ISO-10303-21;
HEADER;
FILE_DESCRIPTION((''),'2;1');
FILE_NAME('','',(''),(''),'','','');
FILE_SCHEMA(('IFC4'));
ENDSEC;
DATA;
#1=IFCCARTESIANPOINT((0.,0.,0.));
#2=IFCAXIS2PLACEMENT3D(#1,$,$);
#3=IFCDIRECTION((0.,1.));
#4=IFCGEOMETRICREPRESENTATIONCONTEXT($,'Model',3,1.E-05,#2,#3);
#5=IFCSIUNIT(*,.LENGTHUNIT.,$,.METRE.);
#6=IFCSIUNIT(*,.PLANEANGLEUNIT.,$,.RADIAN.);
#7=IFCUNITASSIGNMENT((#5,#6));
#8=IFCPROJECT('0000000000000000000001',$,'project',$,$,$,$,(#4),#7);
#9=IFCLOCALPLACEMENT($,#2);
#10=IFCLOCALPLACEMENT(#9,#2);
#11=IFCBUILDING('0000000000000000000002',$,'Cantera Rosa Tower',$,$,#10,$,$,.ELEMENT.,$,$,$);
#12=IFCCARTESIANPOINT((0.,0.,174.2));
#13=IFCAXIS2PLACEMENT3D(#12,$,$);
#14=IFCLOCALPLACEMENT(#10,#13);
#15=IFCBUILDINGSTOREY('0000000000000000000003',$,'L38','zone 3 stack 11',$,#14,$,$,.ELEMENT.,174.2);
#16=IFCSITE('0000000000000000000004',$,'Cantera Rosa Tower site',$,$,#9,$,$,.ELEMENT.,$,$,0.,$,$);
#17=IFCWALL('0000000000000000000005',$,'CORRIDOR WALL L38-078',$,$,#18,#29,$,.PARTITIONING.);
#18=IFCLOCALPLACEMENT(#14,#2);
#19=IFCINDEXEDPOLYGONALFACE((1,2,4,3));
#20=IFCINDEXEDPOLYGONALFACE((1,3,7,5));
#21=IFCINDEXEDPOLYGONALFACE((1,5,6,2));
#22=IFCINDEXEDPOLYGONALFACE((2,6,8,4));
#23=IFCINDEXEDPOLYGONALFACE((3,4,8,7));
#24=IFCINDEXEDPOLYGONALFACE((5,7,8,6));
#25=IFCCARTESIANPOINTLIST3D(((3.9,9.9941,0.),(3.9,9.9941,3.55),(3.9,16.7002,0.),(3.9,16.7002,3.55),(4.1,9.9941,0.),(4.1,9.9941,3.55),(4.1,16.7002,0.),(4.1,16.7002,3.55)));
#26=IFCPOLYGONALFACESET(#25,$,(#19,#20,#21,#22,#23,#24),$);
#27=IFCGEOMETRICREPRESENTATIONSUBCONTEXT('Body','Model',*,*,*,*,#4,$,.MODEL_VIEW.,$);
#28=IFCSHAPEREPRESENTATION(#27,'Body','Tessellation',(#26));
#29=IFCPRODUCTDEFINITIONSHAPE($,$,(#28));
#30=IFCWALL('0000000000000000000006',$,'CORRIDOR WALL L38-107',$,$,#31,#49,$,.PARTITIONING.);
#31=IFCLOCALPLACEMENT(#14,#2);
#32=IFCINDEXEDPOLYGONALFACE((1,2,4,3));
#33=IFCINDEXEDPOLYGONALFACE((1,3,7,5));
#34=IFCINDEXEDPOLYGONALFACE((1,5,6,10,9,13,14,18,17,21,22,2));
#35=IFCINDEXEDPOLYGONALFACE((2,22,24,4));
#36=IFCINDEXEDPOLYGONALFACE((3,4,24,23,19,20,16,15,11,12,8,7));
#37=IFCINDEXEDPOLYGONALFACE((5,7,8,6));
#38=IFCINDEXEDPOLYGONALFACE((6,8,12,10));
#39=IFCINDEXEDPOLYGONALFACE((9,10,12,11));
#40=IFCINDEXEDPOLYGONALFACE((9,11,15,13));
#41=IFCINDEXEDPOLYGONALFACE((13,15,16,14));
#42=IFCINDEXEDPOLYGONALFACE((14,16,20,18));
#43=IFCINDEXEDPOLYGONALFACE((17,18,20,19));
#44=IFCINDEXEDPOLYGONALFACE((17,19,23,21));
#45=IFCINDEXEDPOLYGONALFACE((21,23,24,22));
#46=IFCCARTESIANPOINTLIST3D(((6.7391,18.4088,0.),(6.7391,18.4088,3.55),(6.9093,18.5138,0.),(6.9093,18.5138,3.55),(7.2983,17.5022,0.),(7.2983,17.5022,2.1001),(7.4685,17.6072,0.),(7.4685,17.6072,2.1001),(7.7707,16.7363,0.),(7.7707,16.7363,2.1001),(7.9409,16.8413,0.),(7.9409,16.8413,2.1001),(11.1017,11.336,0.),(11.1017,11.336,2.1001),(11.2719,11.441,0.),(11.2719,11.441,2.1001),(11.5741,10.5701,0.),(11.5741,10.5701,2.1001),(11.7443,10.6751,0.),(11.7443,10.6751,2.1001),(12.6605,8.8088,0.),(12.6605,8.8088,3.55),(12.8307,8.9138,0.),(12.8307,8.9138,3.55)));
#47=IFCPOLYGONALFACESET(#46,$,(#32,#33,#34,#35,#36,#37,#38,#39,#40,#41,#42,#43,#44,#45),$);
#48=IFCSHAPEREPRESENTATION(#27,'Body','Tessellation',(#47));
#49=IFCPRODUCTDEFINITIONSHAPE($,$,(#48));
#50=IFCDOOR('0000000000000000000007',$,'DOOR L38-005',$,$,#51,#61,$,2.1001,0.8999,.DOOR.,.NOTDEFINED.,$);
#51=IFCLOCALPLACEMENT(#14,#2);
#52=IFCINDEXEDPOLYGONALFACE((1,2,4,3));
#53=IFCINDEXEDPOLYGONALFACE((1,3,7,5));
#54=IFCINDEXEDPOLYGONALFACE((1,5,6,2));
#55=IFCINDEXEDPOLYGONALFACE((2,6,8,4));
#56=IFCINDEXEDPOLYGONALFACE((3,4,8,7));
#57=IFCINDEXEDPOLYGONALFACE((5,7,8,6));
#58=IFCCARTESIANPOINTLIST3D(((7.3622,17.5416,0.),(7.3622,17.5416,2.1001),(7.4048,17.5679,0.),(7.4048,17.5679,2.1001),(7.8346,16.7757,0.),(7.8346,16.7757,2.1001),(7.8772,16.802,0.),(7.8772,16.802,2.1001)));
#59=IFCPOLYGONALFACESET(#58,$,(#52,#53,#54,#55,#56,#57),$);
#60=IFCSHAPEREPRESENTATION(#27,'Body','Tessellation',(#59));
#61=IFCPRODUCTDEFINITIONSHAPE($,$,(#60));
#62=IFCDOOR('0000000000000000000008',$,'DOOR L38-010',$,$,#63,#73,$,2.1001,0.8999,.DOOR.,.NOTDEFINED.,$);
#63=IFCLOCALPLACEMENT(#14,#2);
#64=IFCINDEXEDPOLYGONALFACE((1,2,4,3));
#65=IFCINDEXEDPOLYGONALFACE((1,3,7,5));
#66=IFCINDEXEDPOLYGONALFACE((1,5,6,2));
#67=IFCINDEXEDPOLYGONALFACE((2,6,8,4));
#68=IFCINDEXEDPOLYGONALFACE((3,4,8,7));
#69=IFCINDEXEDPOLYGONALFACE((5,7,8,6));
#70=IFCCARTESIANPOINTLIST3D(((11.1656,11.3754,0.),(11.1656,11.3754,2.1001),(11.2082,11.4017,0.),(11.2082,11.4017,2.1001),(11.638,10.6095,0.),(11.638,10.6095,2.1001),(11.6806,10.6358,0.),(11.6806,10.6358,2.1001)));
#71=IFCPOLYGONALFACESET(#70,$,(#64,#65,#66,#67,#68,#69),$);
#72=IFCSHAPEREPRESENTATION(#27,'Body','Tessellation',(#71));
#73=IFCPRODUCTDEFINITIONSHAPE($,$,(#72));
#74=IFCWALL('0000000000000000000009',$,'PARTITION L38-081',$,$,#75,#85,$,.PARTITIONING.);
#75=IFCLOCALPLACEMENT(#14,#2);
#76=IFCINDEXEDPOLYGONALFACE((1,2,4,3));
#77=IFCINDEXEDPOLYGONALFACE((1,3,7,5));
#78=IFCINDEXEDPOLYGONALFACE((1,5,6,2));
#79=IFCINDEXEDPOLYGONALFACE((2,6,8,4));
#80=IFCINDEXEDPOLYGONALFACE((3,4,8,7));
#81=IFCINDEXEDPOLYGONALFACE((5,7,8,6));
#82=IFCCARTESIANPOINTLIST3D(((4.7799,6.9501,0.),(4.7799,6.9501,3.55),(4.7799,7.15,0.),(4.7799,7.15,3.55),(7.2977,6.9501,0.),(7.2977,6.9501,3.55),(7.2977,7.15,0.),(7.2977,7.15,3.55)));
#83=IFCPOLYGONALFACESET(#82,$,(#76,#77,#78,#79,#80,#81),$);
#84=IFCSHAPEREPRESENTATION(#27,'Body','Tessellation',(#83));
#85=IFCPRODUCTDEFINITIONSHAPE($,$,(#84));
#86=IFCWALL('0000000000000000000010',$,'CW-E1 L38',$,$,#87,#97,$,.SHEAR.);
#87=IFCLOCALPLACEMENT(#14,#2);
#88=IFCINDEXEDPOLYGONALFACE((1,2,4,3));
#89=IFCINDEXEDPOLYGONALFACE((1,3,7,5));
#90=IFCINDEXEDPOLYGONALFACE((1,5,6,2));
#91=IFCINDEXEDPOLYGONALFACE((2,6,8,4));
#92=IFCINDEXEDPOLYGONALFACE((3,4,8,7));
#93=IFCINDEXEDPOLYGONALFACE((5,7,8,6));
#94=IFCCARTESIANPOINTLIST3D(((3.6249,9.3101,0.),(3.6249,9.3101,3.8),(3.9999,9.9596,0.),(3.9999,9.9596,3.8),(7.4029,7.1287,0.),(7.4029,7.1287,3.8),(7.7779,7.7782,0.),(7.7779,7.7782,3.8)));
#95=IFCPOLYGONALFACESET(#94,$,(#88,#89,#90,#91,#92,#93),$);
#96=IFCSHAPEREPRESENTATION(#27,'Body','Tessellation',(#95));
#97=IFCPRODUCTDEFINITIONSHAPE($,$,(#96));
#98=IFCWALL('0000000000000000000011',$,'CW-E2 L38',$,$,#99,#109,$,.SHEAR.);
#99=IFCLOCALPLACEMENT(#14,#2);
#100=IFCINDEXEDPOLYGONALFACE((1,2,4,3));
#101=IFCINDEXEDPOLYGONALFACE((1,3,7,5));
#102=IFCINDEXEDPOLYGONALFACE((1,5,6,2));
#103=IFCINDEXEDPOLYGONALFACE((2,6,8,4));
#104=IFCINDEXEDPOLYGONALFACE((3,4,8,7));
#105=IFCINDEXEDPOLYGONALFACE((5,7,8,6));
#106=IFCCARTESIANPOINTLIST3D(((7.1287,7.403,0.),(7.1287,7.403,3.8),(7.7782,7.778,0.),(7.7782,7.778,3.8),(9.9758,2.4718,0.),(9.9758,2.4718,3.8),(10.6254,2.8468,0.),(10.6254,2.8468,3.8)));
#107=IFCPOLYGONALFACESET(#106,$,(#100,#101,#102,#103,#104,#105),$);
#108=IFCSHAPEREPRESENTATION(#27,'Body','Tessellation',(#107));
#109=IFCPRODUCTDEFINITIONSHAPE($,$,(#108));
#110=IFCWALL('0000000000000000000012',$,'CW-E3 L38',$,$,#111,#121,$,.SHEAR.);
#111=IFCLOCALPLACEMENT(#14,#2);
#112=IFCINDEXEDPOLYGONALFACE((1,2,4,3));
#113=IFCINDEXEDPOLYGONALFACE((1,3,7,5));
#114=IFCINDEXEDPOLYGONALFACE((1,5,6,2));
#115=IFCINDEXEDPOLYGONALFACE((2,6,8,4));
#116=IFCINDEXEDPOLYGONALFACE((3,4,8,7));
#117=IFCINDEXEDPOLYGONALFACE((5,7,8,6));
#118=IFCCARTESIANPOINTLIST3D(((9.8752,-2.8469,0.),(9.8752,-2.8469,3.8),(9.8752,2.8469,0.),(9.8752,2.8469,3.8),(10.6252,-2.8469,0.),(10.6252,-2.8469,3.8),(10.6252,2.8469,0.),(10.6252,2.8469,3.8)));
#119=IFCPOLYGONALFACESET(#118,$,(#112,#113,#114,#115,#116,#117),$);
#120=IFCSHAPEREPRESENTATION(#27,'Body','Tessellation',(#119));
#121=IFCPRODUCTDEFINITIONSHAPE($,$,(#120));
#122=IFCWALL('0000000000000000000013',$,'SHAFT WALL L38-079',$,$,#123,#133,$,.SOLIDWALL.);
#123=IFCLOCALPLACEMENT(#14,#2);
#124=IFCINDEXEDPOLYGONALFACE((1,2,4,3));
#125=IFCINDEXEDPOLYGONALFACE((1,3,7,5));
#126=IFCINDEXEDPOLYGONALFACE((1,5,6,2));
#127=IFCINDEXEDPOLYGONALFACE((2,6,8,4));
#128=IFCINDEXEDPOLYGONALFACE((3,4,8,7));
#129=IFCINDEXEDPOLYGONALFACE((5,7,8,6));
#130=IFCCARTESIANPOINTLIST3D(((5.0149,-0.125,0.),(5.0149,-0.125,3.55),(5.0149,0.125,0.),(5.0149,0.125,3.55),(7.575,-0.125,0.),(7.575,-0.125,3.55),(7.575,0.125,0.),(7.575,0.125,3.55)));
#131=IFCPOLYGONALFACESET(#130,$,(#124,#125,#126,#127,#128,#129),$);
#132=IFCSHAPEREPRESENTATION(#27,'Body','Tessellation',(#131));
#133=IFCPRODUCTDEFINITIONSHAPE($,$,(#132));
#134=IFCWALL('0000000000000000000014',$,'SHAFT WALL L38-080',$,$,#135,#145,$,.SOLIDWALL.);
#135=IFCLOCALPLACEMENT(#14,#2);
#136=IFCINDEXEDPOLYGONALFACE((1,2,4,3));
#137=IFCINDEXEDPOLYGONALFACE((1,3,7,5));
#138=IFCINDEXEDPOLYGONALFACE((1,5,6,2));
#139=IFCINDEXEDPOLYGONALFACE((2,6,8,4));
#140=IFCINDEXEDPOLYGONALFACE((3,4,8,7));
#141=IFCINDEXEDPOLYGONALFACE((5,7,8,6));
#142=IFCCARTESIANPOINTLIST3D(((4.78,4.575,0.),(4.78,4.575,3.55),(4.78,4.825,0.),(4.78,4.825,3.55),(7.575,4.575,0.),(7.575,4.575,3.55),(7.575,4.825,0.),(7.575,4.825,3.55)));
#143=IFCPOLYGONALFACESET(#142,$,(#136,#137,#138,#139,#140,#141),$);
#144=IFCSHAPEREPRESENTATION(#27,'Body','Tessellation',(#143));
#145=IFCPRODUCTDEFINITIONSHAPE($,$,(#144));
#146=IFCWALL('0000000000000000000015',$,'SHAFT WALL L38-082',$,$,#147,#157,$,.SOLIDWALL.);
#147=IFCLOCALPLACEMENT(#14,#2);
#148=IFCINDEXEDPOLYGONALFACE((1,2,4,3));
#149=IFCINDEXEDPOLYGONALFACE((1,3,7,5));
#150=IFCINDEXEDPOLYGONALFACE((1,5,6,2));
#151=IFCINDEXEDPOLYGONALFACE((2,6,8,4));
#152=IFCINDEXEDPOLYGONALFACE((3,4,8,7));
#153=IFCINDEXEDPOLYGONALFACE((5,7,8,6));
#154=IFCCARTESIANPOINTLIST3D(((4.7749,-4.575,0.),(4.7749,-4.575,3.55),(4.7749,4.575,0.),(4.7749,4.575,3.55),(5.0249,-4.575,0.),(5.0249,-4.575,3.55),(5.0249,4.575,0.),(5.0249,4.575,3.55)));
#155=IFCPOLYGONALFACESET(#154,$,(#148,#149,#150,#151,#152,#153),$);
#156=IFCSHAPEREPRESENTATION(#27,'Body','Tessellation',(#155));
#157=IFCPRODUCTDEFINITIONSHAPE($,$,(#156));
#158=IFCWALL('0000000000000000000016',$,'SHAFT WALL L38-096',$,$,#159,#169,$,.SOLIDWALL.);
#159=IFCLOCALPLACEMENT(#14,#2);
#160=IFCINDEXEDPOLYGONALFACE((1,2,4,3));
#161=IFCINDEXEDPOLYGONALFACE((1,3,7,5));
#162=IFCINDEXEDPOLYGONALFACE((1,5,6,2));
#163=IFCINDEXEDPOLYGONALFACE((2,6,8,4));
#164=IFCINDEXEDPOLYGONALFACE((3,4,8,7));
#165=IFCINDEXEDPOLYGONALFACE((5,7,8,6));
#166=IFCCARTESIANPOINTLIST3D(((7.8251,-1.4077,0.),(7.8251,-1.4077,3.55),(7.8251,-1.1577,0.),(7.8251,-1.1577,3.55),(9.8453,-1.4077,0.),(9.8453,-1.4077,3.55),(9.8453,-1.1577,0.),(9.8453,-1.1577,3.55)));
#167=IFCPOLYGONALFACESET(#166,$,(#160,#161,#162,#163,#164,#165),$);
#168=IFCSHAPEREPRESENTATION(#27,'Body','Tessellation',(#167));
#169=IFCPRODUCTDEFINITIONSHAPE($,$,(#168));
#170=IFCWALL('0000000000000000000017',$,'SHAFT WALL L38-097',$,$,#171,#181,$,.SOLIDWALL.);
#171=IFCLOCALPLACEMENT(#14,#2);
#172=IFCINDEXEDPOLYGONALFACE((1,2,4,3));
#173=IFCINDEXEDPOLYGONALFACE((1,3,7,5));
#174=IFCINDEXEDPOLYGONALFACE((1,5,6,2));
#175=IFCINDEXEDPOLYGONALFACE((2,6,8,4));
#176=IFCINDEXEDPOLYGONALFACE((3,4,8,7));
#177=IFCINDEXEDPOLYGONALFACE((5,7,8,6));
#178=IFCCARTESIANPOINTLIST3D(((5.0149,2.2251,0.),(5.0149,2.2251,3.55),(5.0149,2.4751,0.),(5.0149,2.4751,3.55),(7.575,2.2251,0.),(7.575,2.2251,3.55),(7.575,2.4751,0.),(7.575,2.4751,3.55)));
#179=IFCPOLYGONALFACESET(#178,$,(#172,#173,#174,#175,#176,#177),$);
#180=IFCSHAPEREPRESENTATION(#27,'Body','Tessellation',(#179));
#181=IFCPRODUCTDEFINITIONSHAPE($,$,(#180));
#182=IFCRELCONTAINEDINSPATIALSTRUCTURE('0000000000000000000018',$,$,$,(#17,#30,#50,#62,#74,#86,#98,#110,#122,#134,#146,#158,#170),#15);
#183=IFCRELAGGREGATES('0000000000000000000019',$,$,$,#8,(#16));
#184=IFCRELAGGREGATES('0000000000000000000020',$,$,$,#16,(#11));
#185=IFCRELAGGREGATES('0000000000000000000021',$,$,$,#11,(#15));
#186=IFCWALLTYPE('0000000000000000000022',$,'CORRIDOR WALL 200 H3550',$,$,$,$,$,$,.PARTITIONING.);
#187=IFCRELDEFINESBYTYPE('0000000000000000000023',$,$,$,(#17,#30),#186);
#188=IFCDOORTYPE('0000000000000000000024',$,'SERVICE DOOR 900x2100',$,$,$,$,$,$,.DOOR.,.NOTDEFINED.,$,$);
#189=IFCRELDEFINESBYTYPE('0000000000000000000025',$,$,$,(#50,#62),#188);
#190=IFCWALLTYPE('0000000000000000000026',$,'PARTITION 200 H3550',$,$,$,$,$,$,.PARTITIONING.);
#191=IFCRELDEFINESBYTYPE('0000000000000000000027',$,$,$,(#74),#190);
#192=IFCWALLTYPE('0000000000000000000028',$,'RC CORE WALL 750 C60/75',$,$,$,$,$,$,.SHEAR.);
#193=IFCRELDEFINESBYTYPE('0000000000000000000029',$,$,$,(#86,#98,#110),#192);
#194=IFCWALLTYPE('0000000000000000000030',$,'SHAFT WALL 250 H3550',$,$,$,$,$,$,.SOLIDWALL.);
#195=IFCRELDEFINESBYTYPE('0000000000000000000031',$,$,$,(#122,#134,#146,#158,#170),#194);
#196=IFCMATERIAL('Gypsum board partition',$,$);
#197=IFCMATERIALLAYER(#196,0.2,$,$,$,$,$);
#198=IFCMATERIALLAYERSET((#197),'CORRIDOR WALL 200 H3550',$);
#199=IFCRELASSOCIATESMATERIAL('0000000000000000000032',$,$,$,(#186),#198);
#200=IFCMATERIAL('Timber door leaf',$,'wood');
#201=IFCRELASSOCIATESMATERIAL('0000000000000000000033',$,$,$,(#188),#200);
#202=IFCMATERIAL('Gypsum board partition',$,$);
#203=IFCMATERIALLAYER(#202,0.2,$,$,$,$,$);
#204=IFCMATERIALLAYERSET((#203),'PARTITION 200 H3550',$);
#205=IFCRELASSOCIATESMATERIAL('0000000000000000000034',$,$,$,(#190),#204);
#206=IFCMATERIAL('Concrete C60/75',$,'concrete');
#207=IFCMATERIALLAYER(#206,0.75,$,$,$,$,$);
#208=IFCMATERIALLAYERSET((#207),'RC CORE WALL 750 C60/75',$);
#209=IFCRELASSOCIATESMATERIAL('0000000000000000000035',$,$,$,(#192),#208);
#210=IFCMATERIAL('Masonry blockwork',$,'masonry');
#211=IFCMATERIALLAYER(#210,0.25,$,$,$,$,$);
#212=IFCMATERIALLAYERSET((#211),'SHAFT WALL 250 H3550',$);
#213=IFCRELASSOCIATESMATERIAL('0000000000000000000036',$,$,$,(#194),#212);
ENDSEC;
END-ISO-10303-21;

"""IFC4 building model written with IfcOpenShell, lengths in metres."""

from ifc_helpers import new_model, si_unit, direction, frame, frame_2d, origin, place, context, subcontext, project, spatial, rectangle, extrude, material, layer, layer_set, type_object, element, fill, save


model = new_model("IFC4")

# Units and contexts
model_context = context("Model", 3, precision=1e-05, world=origin(), true_north=direction((0.0, 1.0)))
body_context = subcontext(model_context, "Body", "Model", "MODEL_VIEW")
ifc_project = project(units=[si_unit("LENGTHUNIT", "METRE"), si_unit("PLANEANGLEUNIT", "RADIAN")], contexts=[model_context])

# Site, building, storey
site_placement = place(None, origin())
site = spatial("IfcSite", under=ifc_project, at=site_placement, Name="Cantera Rosa Tower site", CompositionType="ELEMENT", RefElevation=0.0)
building_placement = place(site_placement, origin())
building = spatial("IfcBuilding", under=site, at=building_placement, Name="Cantera Rosa Tower", CompositionType="ELEMENT")
storey_placement = place(building_placement, frame((0.0, 0.0, 174.2)))
storey = spatial("IfcBuildingStorey", under=building, at=storey_placement, Name="L38", Description="zone 3 stack 11", CompositionType="ELEMENT", Elevation=174.2)

# Wall
ifc_material_1 = material(Name="Gypsum board partition")
ifc_layer_1 = layer(ifc_material_1, 0.2)
ifc_layer_set_1 = layer_set([ifc_layer_1], Name="CORRIDOR WALL 200 H3550")
wall_type_1 = type_object("IfcWallType", Name="CORRIDOR WALL 200 H3550", PredefinedType="PARTITIONING", material=ifc_layer_set_1)
wall_1_placement = place(storey_placement, frame((4.0, 9.9941, 0.0), z_axis=(0.0, 0.0, 1.0), x_axis=(0.0, 1.0, 0.0)))
element("IfcWall", 1, at=wall_1_placement, inside=storey, type_object=wall_type_1, Name="CORRIDOR WALL L38-078", PredefinedType="PARTITIONING", context=body_context, shape_type="SweptSolid", body=[
    extrude(rectangle(XDim=6.7061, YDim=0.2, at=frame_2d((3.353, 0.0))), origin(), (0.0, 0.0, 1.0), 3.55),
])

# Wall, openings, doors
wall_2_placement = place(storey_placement, frame((12.7456, 8.8613, 0.0), z_axis=(0.0, 0.0, 1.0), x_axis=(-0.524984, 0.851112, 0.0)))
wall_2 = element("IfcWall", 2, at=wall_2_placement, inside=storey, type_object=wall_type_1, Name="CORRIDOR WALL L38-107", PredefinedType="PARTITIONING", context=body_context, shape_type="SweptSolid", body=[
    extrude(rectangle(XDim=11.2793, YDim=0.2, at=frame_2d((5.6396, 0.0))), origin(), (0.0, 0.0, 1.0), 3.55),
])
opening_1_placement = place(wall_2_placement, frame((9.3142, 0.0, 0.0)))
opening_1 = element("IfcOpeningElement", 3, at=opening_1_placement, cuts=wall_2, PredefinedType="OPENING", context=body_context, shape_type="SweptSolid", body=[
    extrude(rectangle(XDim=0.8999, YDim=2.1001, at=frame_2d((0.45, 1.05))), frame((0.0, 0.1099, 0.0), z_axis=(0.0, -1.0, 0.0), x_axis=(1.0, 0.0, 0.0)), (0.0, 0.0, 1.0), 0.22),
])
opening_2_placement = place(wall_2_placement, frame((2.0693, 0.0, 0.0)))
opening_2 = element("IfcOpeningElement", 4, at=opening_2_placement, cuts=wall_2, PredefinedType="OPENING", context=body_context, shape_type="SweptSolid", body=[
    extrude(rectangle(XDim=0.8999, YDim=2.1001, at=frame_2d((0.45, 1.05))), frame((0.0, 0.1099, 0.0), z_axis=(0.0, -1.0, 0.0), x_axis=(1.0, 0.0, 0.0)), (0.0, 0.0, 1.0), 0.22),
])
ifc_material_2 = material(Name="Timber door leaf", Category="wood")
door_type = type_object("IfcDoorType", Name="SERVICE DOOR 900x2100", OperationType="NOTDEFINED", PredefinedType="DOOR", material=ifc_material_2)
door_1_placement = place(opening_1_placement, origin())
door_1 = element("IfcDoor", 5, at=door_1_placement, inside=storey, type_object=door_type, Name="DOOR L38-005", OperationType="NOTDEFINED", OverallHeight=2.1001, OverallWidth=0.8999, PredefinedType="DOOR", context=body_context, shape_type="SweptSolid", body=[
    extrude(rectangle(XDim=0.8999, YDim=2.1001, at=frame_2d((0.45, 1.05))), frame((0.0, 0.0249, 0.0), z_axis=(0.0, -1.0, 0.0), x_axis=(1.0, 0.0, 0.0)), (0.0, 0.0, 1.0), 0.05),
])
fill(opening_1, door_1)
door_2_placement = place(opening_2_placement, origin())
door_2 = element("IfcDoor", 6, at=door_2_placement, inside=storey, type_object=door_type, Name="DOOR L38-010", OperationType="NOTDEFINED", OverallHeight=2.1001, OverallWidth=0.8999, PredefinedType="DOOR", context=body_context, shape_type="SweptSolid", body=[
    extrude(rectangle(XDim=0.8999, YDim=2.1001, at=frame_2d((0.45, 1.05))), frame((0.0, 0.0249, 0.0), z_axis=(0.0, -1.0, 0.0), x_axis=(1.0, 0.0, 0.0)), (0.0, 0.0, 1.0), 0.05),
])
fill(opening_2, door_2)

# Walls
ifc_material_3 = material(Name="Gypsum board partition")
ifc_layer_2 = layer(ifc_material_3, 0.2)
ifc_layer_set_2 = layer_set([ifc_layer_2], Name="PARTITION 200 H3550")
wall_type_2 = type_object("IfcWallType", Name="PARTITION 200 H3550", PredefinedType="PARTITIONING", material=ifc_layer_set_2)
wall_3_placement = place(storey_placement, frame((4.78, 7.05, 0.0), z_axis=(0.0, 0.0, 1.0), x_axis=(1.0, 0.0, 0.0)))
element("IfcWall", 7, at=wall_3_placement, inside=storey, type_object=wall_type_2, Name="PARTITION L38-081", PredefinedType="PARTITIONING", context=body_context, shape_type="SweptSolid", body=[
    extrude(rectangle(XDim=2.5178, YDim=0.2, at=frame_2d((1.2588, 0.0))), origin(), (0.0, 0.0, 1.0), 3.55),
])
ifc_material_4 = material(Name="Concrete C60/75", Category="concrete")
ifc_layer_3 = layer(ifc_material_4, 0.75)
ifc_layer_set_3 = layer_set([ifc_layer_3], Name="RC CORE WALL 750 C60/75")
wall_type_3 = type_object("IfcWallType", Name="RC CORE WALL 750 C60/75", PredefinedType="SHEAR", material=ifc_layer_set_3)
wall_4_placement = place(storey_placement, frame((3.8125, 9.6348, 0.0), z_axis=(0.0, 0.0, 1.0), x_axis=(0.866013, -0.500021, 0.0)))
element("IfcWall", 8, at=wall_4_placement, inside=storey, type_object=wall_type_3, Name="CW-E1 L38", PredefinedType="SHEAR", context=body_context, shape_type="SweptSolid", body=[
    extrude(rectangle(XDim=4.3625, YDim=0.75, at=frame_2d((2.1812, 0.0))), origin(), (0.0, 0.0, 1.0), 3.8),
])
wall_5_placement = place(storey_placement, frame((7.4534, 7.5906, 0.0), z_axis=(0.0, 0.0, 1.0), x_axis=(0.500022, -0.866013, 0.0)))
element("IfcWall", 9, at=wall_5_placement, inside=storey, type_object=wall_type_3, Name="CW-E2 L38", PredefinedType="SHEAR", context=body_context, shape_type="SweptSolid", body=[
    extrude(rectangle(XDim=5.6941, YDim=0.75, at=frame_2d((2.8472, 0.0))), origin(), (0.0, 0.0, 1.0), 3.8),
])
wall_6_placement = place(storey_placement, frame((10.2502, 2.8469, 0.0), z_axis=(0.0, 0.0, 1.0), x_axis=(0.0, -1.0, 0.0)))
element("IfcWall", 10, at=wall_6_placement, inside=storey, type_object=wall_type_3, Name="CW-E3 L38", PredefinedType="SHEAR", context=body_context, shape_type="SweptSolid", body=[
    extrude(rectangle(XDim=5.6938, YDim=0.75, at=frame_2d((2.8469, 0.0))), origin(), (0.0, 0.0, 1.0), 3.8),
])
ifc_material_5 = material(Name="Masonry blockwork", Category="masonry")
ifc_layer_4 = layer(ifc_material_5, 0.25)
ifc_layer_set_4 = layer_set([ifc_layer_4], Name="SHAFT WALL 250 H3550")
wall_type_4 = type_object("IfcWallType", Name="SHAFT WALL 250 H3550", PredefinedType="SOLIDWALL", material=ifc_layer_set_4)
wall_7_placement = place(storey_placement, frame((5.0149, 0.0, 0.0), z_axis=(0.0, 0.0, 1.0), x_axis=(1.0, 0.0, 0.0)))
element("IfcWall", 11, at=wall_7_placement, inside=storey, type_object=wall_type_4, Name="SHAFT WALL L38-079", PredefinedType="SOLIDWALL", context=body_context, shape_type="SweptSolid", body=[
    extrude(rectangle(XDim=2.5601, YDim=0.25, at=frame_2d((1.28, 0.0))), origin(), (0.0, 0.0, 1.0), 3.55),
])
wall_8_placement = place(storey_placement, frame((4.78, 4.7, 0.0), z_axis=(0.0, 0.0, 1.0), x_axis=(1.0, 0.0, 0.0)))
element("IfcWall", 12, at=wall_8_placement, inside=storey, type_object=wall_type_4, Name="SHAFT WALL L38-080", PredefinedType="SOLIDWALL", context=body_context, shape_type="SweptSolid", body=[
    extrude(rectangle(XDim=2.7949, YDim=0.25, at=frame_2d((1.3975, 0.0))), origin(), (0.0, 0.0, 1.0), 3.55),
])
wall_9_placement = place(storey_placement, frame((4.8999, 4.575, 0.0), z_axis=(0.0, 0.0, 1.0), x_axis=(0.0, -1.0, 0.0)))
element("IfcWall", 13, at=wall_9_placement, inside=storey, type_object=wall_type_4, Name="SHAFT WALL L38-082", PredefinedType="SOLIDWALL", context=body_context, shape_type="SweptSolid", body=[
    extrude(rectangle(XDim=9.1499, YDim=0.25, at=frame_2d((4.575, 0.0))), origin(), (0.0, 0.0, 1.0), 3.55),
])
wall_10_placement = place(storey_placement, frame((7.825, -1.2827, 0.0), z_axis=(0.0, 0.0, 1.0), x_axis=(1.0, 0.0, 0.0)))
element("IfcWall", 14, at=wall_10_placement, inside=storey, type_object=wall_type_4, Name="SHAFT WALL L38-096", PredefinedType="SOLIDWALL", context=body_context, shape_type="SweptSolid", body=[
    extrude(rectangle(XDim=2.0203, YDim=0.25, at=frame_2d((1.0103, 0.0))), origin(), (0.0, 0.0, 1.0), 3.55),
])
wall_11_placement = place(storey_placement, frame((7.575, 2.3501, 0.0), z_axis=(0.0, 0.0, 1.0), x_axis=(-1.0, 0.0, 0.0)))
element("IfcWall", 15, at=wall_11_placement, inside=storey, type_object=wall_type_4, Name="SHAFT WALL L38-097", PredefinedType="SOLIDWALL", context=body_context, shape_type="SweptSolid", body=[
    extrude(rectangle(XDim=2.5601, YDim=0.25, at=frame_2d((1.28, 0.0))), origin(), (0.0, 0.0, 1.0), 3.55),
])

save(model, "model.ifc")
